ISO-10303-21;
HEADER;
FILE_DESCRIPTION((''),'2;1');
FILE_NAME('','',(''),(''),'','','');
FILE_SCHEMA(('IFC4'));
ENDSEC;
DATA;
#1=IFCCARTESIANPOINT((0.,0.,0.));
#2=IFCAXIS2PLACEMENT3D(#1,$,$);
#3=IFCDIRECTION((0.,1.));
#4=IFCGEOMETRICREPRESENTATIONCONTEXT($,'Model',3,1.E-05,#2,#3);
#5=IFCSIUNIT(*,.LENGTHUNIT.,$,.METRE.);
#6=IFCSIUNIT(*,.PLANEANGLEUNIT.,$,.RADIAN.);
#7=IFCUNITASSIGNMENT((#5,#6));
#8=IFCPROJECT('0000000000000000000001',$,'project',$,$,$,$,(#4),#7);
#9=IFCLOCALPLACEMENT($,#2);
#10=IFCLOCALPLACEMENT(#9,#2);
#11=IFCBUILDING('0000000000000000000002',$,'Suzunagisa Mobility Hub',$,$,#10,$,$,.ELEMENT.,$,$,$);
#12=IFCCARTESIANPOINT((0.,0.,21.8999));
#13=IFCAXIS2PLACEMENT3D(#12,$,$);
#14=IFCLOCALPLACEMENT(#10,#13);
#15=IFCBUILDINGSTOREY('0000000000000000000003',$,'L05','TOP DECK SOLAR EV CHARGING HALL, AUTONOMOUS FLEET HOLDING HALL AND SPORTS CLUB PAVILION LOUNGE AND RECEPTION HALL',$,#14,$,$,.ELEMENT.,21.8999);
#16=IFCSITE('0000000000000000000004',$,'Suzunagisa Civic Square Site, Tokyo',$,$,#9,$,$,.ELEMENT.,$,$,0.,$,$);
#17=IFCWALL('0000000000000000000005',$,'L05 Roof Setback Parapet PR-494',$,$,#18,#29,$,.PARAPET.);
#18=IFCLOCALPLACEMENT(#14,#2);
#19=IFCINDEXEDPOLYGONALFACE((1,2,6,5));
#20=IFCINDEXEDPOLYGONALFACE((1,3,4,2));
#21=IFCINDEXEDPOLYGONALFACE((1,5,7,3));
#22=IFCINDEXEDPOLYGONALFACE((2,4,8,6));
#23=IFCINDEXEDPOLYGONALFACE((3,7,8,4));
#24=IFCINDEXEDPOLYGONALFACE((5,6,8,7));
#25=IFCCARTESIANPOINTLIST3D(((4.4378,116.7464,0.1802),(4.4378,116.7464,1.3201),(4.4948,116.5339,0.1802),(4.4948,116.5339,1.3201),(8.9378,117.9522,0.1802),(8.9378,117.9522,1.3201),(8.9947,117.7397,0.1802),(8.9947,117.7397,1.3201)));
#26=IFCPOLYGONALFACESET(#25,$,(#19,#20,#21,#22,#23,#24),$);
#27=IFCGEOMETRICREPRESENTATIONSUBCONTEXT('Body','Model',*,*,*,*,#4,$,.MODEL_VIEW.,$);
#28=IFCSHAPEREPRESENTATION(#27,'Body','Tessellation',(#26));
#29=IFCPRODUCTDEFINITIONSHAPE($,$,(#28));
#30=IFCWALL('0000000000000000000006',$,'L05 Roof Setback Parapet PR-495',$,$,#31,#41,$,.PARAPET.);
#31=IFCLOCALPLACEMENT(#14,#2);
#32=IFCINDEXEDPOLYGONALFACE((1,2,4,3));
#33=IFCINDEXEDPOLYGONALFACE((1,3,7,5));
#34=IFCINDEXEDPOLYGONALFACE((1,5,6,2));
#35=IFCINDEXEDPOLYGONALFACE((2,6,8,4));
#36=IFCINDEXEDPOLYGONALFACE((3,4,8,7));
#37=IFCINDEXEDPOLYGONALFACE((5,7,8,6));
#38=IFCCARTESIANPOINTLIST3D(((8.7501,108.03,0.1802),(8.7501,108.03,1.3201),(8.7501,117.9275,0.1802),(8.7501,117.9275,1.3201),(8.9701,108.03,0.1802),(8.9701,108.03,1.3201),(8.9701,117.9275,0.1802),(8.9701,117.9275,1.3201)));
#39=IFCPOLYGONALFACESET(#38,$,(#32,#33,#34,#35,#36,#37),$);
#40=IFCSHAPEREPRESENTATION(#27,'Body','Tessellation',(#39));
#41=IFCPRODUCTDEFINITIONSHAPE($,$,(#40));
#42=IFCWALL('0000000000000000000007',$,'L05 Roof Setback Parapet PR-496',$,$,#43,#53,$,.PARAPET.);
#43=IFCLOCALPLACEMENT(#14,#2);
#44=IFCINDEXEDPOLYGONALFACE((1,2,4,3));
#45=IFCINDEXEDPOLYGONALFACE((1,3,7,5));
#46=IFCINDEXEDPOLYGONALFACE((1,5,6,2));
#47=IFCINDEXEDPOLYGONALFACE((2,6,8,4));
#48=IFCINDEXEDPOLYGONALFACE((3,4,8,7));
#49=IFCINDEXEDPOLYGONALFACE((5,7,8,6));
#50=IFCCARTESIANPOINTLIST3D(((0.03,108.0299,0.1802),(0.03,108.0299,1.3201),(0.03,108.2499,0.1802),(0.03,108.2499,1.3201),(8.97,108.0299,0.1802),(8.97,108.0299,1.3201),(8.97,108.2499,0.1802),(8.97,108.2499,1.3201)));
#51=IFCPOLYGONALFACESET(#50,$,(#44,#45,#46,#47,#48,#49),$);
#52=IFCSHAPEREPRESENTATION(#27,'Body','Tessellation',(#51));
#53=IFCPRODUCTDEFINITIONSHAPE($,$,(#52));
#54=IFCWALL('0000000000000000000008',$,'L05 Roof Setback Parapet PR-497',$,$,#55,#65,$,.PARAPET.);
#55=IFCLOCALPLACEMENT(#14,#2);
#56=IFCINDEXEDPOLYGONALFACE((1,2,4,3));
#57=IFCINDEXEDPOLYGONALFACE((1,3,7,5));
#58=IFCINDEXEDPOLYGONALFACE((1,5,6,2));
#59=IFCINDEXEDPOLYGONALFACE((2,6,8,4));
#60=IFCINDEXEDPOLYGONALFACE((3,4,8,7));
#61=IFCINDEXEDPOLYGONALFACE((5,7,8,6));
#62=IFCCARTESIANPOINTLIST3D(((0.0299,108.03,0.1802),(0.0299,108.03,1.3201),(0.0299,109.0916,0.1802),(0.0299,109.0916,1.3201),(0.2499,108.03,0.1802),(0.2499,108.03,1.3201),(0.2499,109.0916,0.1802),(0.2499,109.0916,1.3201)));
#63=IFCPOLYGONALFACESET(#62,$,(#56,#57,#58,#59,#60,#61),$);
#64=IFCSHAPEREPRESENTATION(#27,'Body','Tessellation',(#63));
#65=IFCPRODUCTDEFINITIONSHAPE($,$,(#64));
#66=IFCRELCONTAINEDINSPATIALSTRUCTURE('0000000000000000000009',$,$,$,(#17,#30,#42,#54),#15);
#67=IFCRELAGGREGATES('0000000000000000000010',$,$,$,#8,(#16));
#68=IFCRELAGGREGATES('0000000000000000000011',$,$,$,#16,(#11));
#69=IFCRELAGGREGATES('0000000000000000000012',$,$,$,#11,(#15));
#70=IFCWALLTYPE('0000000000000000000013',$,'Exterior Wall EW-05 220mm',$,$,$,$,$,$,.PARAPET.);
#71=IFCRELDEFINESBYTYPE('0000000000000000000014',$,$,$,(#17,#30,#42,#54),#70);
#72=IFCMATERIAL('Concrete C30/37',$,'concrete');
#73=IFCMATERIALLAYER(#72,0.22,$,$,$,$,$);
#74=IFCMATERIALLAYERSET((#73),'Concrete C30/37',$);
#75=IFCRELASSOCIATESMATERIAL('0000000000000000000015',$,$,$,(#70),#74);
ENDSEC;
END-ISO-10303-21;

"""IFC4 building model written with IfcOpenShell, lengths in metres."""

from ifc_helpers import new_model, si_unit, direction, frame, frame_2d, origin, place, context, subcontext, project, spatial, rectangle, extrude, material, layer, layer_set, type_object, element, save


model = new_model("IFC4")

# Units and contexts
model_context = context("Model", 3, precision=1e-05, world=origin(), true_north=direction((0.0, 1.0)))
body_context = subcontext(model_context, "Body", "Model", "MODEL_VIEW")
ifc_project = project(units=[si_unit("LENGTHUNIT", "METRE"), si_unit("PLANEANGLEUNIT", "RADIAN")], contexts=[model_context])

# Site, building, storey
site_placement = place(None, origin())
site = spatial("IfcSite", under=ifc_project, at=site_placement, Name="Suzunagisa Civic Square Site, Tokyo", CompositionType="ELEMENT", RefElevation=0.0)
building_placement = place(site_placement, origin())
building = spatial("IfcBuilding", under=site, at=building_placement, Name="Suzunagisa Mobility Hub", CompositionType="ELEMENT")
storey_placement = place(building_placement, frame((0.0, 0.0, 21.8999)))
storey = spatial("IfcBuildingStorey", under=building, at=storey_placement, Name="L05", Description="TOP DECK SOLAR EV CHARGING HALL, AUTONOMOUS FLEET HOLDING HALL AND SPORTS CLUB PAVILION LOUNGE AND RECEPTION HALL", CompositionType="ELEMENT", Elevation=21.8999)

# Walls
ifc_material_1 = material(Name="Concrete C30/37", Category="concrete")
ifc_layer_1 = layer(ifc_material_1, 0.22)
ifc_layer_set_1 = layer_set([ifc_layer_1], Name="Concrete C30/37")
wall_type = type_object("IfcWallType", Name="Exterior Wall EW-05 220mm", PredefinedType="PARAPET", material=ifc_layer_set_1)
wall_1_placement = place(storey_placement, frame((4.4663, 116.6401, 0.1802), z_axis=(0.0, 0.0, 1.0), x_axis=(0.965924, 0.258827, 0.0)))
element("IfcWall", 1, at=wall_1_placement, inside=storey, type_object=wall_type, Name="L05 Roof Setback Parapet PR-494", PredefinedType="PARAPET", context=body_context, shape_type="SweptSolid", body=[
    extrude(rectangle(XDim=4.6587, YDim=0.22, at=frame_2d((2.3293, 0.0))), origin(), (0.0, 0.0, 1.0), 1.1399),
])
wall_2_placement = place(storey_placement, frame((8.8601, 117.9275, 0.1802), z_axis=(0.0, 0.0, 1.0), x_axis=(0.0, -1.0, 0.0)))
element("IfcWall", 2, at=wall_2_placement, inside=storey, type_object=wall_type, Name="L05 Roof Setback Parapet PR-495", PredefinedType="PARAPET", context=body_context, shape_type="SweptSolid", body=[
    extrude(rectangle(XDim=9.8975, YDim=0.22, at=frame_2d((4.9487, 0.0))), origin(), (0.0, 0.0, 1.0), 1.1399),
])
wall_3_placement = place(storey_placement, frame((8.97, 108.1399, 0.1802), z_axis=(0.0, 0.0, 1.0), x_axis=(-1.0, 0.0, 0.0)))
element("IfcWall", 3, at=wall_3_placement, inside=storey, type_object=wall_type, Name="L05 Roof Setback Parapet PR-496", PredefinedType="PARAPET", context=body_context, shape_type="SweptSolid", body=[
    extrude(rectangle(XDim=8.9399, YDim=0.22, at=frame_2d((4.47, 0.0))), origin(), (0.0, 0.0, 1.0), 1.1399),
])
wall_4_placement = place(storey_placement, frame((0.1399, 108.03, 0.1802), z_axis=(0.0, 0.0, 1.0), x_axis=(0.0, 1.0, 0.0)))
element("IfcWall", 4, at=wall_4_placement, inside=storey, type_object=wall_type, Name="L05 Roof Setback Parapet PR-497", PredefinedType="PARAPET", context=body_context, shape_type="SweptSolid", body=[
    extrude(rectangle(XDim=1.0615, YDim=0.22, at=frame_2d((0.5308, 0.0))), origin(), (0.0, 0.0, 1.0), 1.1399),
])

save(model, "model.ifc")
